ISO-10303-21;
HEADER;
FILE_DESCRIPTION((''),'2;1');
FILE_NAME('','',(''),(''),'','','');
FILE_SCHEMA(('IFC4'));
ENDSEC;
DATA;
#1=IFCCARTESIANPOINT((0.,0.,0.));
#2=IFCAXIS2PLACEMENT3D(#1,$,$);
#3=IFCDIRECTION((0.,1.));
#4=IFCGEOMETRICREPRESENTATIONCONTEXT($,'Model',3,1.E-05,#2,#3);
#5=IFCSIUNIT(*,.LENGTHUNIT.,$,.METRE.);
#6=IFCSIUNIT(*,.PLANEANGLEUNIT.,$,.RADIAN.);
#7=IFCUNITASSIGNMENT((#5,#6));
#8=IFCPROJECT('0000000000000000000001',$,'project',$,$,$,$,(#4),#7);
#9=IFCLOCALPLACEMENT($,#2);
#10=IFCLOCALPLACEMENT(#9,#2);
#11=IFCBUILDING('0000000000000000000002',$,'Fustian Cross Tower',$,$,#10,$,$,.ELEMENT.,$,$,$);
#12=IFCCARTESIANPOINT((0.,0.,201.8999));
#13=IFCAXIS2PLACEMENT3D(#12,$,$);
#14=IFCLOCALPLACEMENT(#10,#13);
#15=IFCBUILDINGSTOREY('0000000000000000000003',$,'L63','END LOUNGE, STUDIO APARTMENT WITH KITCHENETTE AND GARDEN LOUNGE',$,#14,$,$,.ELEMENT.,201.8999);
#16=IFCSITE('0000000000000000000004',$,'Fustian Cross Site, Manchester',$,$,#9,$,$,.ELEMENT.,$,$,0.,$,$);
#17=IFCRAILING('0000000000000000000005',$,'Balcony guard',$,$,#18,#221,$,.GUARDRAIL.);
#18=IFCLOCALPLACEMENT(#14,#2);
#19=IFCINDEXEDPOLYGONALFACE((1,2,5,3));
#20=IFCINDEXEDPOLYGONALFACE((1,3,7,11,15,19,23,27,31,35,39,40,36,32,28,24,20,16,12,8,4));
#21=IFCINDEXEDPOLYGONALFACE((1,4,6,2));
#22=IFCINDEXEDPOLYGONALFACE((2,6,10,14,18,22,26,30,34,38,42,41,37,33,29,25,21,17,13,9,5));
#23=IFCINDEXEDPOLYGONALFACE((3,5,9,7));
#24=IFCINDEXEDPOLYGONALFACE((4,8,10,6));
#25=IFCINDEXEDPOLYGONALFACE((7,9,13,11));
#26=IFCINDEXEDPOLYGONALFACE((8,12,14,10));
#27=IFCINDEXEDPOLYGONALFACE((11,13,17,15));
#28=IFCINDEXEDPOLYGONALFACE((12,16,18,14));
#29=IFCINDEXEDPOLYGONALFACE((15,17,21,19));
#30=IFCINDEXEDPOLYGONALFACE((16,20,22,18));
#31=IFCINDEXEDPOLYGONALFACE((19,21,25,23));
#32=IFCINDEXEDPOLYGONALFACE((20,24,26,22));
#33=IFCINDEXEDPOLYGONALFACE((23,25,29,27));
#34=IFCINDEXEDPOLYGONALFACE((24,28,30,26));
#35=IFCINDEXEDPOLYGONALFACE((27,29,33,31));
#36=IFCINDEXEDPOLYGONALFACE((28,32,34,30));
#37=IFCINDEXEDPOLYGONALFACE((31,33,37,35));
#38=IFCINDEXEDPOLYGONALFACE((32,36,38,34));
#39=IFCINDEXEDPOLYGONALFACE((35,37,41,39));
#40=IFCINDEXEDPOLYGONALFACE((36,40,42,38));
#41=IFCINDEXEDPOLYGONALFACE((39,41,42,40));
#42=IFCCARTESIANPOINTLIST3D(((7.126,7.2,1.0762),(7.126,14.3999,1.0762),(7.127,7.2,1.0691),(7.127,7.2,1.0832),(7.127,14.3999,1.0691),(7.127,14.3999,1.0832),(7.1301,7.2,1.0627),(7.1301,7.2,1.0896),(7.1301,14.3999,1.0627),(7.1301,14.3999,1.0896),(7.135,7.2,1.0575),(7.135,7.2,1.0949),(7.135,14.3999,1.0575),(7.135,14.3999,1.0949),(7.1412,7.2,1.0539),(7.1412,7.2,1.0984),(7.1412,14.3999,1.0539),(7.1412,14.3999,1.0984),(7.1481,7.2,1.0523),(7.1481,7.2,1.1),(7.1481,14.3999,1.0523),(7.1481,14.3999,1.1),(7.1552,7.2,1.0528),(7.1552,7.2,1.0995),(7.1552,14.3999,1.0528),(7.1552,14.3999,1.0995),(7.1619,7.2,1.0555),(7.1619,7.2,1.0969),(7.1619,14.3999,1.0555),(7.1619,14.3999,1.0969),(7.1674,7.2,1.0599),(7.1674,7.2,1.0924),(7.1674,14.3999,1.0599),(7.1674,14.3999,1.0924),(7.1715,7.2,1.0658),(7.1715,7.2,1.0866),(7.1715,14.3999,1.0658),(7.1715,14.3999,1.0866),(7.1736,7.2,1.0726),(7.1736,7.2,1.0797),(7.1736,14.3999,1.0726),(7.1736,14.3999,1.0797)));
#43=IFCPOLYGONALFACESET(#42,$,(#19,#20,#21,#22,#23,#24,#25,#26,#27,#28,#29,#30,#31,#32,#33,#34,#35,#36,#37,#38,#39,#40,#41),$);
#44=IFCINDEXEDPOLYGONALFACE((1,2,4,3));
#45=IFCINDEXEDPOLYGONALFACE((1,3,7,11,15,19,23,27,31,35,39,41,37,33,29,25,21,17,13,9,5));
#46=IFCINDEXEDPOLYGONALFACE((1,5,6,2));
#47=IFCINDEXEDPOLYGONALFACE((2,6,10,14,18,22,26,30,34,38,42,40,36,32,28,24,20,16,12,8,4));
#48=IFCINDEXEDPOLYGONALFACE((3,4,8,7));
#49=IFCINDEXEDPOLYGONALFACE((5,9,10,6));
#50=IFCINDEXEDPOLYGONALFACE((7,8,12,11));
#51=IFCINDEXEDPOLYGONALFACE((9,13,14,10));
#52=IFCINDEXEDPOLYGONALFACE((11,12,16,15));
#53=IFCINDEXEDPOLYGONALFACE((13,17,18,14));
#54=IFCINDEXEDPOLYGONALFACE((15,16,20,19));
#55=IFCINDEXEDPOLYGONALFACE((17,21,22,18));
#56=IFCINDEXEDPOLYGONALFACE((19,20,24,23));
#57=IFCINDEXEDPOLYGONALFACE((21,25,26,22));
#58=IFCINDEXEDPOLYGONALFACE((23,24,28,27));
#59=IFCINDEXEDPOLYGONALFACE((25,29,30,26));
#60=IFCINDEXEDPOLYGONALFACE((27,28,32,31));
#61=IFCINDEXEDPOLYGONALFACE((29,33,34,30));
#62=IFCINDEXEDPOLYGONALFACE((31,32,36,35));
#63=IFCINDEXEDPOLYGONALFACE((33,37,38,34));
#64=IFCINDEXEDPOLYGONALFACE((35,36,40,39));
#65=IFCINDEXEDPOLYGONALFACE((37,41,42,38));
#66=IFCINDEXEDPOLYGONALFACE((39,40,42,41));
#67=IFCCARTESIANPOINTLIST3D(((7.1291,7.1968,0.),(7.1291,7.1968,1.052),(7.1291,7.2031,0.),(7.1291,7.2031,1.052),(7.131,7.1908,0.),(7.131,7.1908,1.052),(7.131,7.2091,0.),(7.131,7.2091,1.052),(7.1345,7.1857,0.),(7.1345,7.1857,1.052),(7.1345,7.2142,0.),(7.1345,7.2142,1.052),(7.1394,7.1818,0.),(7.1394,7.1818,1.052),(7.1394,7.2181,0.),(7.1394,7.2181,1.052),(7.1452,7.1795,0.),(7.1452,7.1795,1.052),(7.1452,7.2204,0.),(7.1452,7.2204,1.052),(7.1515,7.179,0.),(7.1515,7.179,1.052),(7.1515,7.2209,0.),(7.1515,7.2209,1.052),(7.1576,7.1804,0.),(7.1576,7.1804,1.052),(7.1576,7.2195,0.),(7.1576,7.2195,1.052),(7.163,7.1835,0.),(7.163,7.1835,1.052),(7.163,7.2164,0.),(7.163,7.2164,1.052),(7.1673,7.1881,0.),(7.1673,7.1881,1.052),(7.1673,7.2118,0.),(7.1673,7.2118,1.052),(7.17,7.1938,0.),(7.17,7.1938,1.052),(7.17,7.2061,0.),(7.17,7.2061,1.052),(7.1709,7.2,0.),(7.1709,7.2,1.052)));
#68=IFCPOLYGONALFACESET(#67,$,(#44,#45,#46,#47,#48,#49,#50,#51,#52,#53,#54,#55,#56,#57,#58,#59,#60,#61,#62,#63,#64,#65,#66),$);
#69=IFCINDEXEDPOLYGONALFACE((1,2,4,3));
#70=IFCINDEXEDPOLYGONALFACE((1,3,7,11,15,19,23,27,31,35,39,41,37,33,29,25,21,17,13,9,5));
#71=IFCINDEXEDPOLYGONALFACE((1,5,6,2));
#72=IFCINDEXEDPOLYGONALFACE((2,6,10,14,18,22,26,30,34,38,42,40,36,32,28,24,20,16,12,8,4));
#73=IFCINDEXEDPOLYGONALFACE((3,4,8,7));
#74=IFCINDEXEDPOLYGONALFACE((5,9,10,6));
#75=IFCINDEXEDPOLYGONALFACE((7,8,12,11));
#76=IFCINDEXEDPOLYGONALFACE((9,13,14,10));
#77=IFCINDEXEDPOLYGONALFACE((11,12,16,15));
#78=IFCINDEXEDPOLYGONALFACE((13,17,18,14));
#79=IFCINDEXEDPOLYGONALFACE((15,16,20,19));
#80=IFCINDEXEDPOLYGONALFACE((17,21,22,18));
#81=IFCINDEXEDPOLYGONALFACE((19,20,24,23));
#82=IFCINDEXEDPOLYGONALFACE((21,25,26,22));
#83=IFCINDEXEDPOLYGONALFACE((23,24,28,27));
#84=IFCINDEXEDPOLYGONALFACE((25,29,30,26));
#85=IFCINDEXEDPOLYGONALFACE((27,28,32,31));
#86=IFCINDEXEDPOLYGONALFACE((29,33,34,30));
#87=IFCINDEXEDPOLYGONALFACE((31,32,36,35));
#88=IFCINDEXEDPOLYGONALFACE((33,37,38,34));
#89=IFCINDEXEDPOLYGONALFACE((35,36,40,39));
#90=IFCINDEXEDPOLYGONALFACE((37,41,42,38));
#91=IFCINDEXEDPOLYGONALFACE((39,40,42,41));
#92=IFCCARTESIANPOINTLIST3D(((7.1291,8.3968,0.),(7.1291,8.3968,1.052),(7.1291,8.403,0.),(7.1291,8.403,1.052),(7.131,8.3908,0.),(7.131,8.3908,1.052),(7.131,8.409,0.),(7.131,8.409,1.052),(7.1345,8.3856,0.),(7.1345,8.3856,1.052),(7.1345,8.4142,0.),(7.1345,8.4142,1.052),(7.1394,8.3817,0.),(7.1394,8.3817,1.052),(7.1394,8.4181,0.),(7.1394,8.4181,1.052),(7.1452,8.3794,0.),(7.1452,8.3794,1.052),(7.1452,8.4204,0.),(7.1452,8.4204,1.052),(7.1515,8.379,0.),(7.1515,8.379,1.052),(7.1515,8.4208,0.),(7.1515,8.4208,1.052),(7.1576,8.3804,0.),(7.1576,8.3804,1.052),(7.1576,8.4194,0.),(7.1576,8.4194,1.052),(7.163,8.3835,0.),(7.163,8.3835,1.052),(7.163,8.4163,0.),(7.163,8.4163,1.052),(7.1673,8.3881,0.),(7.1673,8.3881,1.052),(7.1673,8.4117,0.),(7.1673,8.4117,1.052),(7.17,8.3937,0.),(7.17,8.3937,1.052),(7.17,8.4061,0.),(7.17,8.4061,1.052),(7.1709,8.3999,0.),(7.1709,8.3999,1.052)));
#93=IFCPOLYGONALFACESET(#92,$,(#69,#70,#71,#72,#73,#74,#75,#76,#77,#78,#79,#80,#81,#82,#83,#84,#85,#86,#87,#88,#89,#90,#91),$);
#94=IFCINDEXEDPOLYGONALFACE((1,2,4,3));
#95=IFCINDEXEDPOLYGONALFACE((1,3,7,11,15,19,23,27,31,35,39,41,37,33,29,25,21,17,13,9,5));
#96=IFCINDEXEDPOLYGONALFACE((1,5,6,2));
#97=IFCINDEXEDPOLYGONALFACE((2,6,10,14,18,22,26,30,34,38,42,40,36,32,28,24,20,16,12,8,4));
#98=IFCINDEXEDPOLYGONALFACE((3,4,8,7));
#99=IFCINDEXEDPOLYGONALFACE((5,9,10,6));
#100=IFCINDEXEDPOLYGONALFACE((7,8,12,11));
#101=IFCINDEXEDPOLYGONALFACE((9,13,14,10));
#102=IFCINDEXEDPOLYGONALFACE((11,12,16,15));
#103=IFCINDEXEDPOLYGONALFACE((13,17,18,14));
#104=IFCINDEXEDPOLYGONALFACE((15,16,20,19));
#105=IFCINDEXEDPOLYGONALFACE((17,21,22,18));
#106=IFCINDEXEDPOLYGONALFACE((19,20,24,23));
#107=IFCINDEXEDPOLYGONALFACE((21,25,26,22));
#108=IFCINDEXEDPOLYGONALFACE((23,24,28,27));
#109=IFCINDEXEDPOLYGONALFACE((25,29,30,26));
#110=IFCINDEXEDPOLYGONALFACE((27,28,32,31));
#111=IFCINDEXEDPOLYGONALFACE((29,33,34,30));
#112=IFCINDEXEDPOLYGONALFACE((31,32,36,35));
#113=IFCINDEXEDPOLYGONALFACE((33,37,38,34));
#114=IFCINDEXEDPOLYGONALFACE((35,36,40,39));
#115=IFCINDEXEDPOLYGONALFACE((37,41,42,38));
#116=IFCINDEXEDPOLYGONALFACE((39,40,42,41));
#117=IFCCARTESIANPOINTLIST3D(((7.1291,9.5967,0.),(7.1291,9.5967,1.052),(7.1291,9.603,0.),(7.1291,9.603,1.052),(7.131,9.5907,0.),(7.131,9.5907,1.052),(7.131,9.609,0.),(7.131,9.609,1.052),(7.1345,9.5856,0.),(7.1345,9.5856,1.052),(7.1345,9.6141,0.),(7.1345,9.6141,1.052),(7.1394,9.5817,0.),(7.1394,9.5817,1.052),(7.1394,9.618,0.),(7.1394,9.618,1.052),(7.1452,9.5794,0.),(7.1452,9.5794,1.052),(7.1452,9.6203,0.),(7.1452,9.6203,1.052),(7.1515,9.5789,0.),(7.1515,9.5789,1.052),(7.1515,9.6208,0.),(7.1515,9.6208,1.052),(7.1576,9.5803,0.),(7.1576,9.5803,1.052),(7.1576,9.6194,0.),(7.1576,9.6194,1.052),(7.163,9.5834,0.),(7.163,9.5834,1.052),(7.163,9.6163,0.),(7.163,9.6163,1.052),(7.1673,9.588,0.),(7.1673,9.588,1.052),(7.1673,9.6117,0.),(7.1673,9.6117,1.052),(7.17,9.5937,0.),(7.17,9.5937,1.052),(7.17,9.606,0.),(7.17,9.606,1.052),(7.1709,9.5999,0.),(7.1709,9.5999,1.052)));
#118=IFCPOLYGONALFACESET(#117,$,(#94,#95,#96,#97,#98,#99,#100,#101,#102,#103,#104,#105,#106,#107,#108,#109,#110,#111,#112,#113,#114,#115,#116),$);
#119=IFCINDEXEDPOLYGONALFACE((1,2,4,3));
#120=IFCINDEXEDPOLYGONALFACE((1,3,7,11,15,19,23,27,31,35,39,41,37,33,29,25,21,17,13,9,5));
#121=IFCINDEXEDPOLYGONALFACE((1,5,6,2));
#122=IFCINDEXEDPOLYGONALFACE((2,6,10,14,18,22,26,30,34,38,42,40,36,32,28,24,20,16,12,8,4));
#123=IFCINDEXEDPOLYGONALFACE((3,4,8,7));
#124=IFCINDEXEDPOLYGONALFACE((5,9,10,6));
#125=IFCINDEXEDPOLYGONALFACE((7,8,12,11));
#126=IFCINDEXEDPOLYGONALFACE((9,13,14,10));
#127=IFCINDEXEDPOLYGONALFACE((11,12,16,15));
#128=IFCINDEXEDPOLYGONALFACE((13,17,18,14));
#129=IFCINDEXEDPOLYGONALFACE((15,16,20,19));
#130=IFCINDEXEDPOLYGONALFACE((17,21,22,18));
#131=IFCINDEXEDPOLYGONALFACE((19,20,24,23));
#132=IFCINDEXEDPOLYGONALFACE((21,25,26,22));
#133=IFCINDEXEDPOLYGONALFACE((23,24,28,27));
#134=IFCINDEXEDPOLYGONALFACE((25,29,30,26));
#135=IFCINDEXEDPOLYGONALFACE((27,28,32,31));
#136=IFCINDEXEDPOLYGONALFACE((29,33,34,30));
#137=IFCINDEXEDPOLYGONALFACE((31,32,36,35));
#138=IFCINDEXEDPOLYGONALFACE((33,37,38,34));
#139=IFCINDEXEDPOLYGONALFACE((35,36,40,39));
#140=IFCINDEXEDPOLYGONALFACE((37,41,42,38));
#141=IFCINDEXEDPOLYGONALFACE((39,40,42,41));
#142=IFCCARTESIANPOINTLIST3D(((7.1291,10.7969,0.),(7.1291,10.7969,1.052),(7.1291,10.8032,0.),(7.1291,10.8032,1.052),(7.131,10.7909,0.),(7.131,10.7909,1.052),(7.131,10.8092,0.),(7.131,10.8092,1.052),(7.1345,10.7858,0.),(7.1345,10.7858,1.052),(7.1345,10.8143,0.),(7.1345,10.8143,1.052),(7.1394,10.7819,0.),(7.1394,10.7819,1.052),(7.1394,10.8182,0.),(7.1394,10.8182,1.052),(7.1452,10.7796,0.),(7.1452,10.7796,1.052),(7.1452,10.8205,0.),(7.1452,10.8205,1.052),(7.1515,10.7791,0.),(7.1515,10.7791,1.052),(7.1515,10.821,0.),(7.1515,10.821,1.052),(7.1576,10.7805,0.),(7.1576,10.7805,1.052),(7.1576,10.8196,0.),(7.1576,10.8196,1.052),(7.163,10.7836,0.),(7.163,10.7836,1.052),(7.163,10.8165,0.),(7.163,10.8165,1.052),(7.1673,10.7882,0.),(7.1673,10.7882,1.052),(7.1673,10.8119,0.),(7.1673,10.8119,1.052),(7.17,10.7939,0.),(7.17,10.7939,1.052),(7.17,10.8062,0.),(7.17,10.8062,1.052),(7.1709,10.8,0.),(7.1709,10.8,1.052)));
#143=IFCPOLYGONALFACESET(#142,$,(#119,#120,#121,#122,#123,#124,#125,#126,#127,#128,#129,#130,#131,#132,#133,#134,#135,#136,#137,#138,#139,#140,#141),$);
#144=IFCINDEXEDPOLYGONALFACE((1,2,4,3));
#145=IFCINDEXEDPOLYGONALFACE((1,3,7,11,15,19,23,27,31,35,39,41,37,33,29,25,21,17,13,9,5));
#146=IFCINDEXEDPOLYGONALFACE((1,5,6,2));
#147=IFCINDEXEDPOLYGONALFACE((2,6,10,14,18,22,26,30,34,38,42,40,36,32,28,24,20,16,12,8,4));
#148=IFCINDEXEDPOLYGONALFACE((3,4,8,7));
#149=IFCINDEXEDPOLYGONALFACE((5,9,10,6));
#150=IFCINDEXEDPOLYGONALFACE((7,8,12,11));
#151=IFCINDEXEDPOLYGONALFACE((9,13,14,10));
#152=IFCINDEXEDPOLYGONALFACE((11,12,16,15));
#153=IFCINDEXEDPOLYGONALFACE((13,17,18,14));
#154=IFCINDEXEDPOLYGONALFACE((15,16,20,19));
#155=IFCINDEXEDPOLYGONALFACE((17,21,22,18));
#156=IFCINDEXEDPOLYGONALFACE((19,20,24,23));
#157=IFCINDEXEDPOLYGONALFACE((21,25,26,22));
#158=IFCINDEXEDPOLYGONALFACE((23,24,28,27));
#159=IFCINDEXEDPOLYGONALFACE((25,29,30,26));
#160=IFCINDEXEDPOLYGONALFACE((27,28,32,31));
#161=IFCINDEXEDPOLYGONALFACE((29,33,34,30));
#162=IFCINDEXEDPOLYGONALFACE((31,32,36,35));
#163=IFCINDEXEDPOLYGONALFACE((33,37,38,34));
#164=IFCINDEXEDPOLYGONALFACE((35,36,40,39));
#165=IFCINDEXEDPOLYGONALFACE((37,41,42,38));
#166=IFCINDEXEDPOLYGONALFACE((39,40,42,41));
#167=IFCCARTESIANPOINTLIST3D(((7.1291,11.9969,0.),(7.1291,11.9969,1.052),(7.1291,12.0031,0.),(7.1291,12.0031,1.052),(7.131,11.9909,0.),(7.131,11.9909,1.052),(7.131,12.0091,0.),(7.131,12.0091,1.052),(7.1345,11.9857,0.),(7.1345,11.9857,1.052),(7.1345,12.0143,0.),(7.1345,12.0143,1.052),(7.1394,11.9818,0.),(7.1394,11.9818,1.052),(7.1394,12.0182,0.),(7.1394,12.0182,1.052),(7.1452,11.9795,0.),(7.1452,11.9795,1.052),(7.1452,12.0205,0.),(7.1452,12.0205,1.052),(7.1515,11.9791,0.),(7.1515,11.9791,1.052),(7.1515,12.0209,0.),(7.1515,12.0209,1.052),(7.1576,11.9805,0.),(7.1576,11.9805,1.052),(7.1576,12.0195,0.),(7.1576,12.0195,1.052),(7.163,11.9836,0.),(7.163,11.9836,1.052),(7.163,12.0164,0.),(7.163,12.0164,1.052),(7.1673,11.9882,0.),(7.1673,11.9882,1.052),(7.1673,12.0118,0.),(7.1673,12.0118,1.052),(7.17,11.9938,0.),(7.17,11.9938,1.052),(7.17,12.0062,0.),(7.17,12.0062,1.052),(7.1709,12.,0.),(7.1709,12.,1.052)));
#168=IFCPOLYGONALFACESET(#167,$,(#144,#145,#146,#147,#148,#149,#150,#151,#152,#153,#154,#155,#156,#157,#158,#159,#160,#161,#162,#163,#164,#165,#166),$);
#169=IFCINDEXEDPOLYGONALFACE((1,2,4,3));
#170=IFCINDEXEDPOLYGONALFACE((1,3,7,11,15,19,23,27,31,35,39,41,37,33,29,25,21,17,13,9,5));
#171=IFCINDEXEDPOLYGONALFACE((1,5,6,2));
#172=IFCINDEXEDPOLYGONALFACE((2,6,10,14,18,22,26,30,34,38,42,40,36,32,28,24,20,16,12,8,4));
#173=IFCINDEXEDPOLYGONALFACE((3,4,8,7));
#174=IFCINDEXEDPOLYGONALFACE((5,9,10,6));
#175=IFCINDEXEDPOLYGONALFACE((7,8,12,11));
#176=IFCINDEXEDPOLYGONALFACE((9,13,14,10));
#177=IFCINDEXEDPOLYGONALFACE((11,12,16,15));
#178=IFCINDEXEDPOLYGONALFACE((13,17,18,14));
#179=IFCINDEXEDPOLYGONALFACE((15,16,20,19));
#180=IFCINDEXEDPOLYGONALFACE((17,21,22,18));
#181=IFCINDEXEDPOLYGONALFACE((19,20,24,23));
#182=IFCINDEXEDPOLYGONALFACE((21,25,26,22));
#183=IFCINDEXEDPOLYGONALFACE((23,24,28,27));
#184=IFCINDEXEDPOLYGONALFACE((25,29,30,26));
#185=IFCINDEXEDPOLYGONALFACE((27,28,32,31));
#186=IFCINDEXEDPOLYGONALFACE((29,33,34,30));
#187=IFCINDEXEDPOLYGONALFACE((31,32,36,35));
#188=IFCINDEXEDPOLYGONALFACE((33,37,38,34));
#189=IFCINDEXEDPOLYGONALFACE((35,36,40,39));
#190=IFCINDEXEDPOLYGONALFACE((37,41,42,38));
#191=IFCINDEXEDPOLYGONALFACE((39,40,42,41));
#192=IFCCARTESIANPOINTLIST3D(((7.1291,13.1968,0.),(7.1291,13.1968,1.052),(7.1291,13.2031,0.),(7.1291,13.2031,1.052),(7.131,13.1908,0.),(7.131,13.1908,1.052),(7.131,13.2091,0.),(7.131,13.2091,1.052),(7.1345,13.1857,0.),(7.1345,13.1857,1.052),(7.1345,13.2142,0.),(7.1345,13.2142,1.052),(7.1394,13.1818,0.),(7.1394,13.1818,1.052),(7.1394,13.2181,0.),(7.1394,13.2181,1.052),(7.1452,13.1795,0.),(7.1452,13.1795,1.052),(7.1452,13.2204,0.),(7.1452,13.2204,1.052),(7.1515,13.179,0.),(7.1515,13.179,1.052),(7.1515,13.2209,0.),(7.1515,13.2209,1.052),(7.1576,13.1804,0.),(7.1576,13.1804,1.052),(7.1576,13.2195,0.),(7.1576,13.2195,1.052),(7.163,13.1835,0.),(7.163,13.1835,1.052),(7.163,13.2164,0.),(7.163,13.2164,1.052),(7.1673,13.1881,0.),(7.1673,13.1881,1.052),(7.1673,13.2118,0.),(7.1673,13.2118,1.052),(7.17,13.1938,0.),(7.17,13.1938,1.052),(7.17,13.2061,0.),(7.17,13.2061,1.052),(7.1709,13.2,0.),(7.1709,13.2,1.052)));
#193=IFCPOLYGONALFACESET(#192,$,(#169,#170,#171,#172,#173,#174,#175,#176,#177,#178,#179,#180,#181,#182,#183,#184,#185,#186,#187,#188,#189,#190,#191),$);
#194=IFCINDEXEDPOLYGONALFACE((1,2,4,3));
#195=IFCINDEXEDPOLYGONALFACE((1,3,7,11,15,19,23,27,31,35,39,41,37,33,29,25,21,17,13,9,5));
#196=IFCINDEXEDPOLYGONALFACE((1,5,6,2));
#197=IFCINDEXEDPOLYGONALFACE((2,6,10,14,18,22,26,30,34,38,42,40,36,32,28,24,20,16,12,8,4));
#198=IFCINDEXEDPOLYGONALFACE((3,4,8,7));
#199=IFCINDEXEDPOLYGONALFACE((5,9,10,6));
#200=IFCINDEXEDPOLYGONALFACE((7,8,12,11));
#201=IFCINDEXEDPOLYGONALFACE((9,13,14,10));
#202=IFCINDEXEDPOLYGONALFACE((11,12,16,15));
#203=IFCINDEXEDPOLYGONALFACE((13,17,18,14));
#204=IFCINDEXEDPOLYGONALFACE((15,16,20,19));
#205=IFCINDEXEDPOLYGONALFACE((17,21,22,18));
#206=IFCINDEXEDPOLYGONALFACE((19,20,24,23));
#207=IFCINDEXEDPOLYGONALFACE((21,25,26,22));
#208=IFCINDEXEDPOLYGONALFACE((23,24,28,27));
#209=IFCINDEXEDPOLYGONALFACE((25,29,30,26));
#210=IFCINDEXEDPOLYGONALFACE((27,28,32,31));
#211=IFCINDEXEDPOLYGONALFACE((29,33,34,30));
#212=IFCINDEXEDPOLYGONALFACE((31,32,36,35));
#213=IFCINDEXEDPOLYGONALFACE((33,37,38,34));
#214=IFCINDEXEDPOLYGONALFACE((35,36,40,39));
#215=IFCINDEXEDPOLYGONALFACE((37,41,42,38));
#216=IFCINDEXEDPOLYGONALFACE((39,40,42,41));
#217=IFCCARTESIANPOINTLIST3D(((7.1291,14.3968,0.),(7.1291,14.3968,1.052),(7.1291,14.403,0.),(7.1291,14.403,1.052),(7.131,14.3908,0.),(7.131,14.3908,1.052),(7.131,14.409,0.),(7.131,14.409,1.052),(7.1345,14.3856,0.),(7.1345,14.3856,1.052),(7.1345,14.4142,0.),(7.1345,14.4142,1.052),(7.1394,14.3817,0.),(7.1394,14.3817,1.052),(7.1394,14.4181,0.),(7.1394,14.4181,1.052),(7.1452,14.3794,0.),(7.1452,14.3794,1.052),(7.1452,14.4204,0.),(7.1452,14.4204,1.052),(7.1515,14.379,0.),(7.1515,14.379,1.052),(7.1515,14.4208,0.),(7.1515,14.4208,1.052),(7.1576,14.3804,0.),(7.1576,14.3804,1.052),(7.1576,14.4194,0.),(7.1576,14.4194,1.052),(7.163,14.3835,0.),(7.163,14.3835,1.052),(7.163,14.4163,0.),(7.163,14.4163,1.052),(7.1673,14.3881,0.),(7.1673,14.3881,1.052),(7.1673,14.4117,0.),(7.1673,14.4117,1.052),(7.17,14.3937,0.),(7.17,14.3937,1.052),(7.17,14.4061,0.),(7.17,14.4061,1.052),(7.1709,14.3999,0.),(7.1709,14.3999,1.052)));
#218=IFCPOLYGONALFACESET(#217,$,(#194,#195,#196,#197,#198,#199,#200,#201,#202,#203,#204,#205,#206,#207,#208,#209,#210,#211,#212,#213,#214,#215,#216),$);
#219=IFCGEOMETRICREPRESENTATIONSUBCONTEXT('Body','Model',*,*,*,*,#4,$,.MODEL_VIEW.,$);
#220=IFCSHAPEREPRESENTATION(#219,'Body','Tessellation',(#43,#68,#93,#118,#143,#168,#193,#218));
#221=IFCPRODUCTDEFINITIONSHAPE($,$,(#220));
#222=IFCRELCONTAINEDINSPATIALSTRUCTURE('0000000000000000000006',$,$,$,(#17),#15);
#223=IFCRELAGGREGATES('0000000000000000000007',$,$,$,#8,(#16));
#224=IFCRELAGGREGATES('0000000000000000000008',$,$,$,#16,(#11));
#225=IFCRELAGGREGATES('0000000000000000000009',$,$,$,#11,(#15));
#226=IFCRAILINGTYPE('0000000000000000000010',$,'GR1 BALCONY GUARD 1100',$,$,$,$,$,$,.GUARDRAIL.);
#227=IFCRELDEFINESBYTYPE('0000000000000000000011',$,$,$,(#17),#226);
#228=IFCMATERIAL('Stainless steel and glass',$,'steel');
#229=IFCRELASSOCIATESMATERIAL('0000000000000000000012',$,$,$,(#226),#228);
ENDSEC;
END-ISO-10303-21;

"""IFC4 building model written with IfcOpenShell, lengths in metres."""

from ifc_helpers import new_model, si_unit, direction, frame, origin, origin_2d, place, context, subcontext, project, spatial, circle, extrude, material, type_object, element, save


model = new_model("IFC4")

# Units and contexts
model_context = context("Model", 3, precision=1e-05, world=origin(), true_north=direction((0.0, 1.0)))
body_context = subcontext(model_context, "Body", "Model", "MODEL_VIEW")
ifc_project = project(units=[si_unit("LENGTHUNIT", "METRE"), si_unit("PLANEANGLEUNIT", "RADIAN")], contexts=[model_context])

# Site, building, storey
site_placement = place(None, origin())
site = spatial("IfcSite", under=ifc_project, at=site_placement, Name="Fustian Cross Site, Manchester", CompositionType="ELEMENT", RefElevation=0.0)
building_placement = place(site_placement, origin())
building = spatial("IfcBuilding", under=site, at=building_placement, Name="Fustian Cross Tower", CompositionType="ELEMENT")
storey_placement = place(building_placement, frame((0.0, 0.0, 201.8999)))
storey = spatial("IfcBuildingStorey", under=building, at=storey_placement, Name="L63", Description="END LOUNGE, STUDIO APARTMENT WITH KITCHENETTE AND GARDEN LOUNGE", CompositionType="ELEMENT", Elevation=201.8999)

# Railing
ifc_material_1 = material(Name="Stainless steel and glass", Category="steel")
railing_type = type_object("IfcRailingType", Name="GR1 BALCONY GUARD 1100", PredefinedType="GUARDRAIL", material=ifc_material_1)
railing_placement = place(storey_placement, frame((7.1499, 7.2, 0.0)))
element("IfcRailing", 1, at=railing_placement, inside=storey, type_object=railing_type, Name="Balcony guard", PredefinedType="GUARDRAIL", context=body_context, shape_type="SweptSolid", body=[
    extrude(circle(Radius=0.0239, at=origin_2d()), frame((0.0, 0.0, 1.0762), z_axis=(0.0, 1.0, 0.0), x_axis=(-1.0, 0.0, 0.0)), (0.0, 0.0, 1.0), 7.2),
    extrude(circle(Radius=0.021, at=origin_2d()), origin(), (0.0, 0.0, 1.0), 1.052),
    extrude(circle(Radius=0.021, at=origin_2d()), frame((0.0, 1.2, 0.0)), (0.0, 0.0, 1.0), 1.052),
    extrude(circle(Radius=0.021, at=origin_2d()), frame((0.0, 2.3999, 0.0)), (0.0, 0.0, 1.0), 1.052),
    extrude(circle(Radius=0.021, at=origin_2d()), frame((0.0, 3.6001, 0.0)), (0.0, 0.0, 1.0), 1.052),
    extrude(circle(Radius=0.021, at=origin_2d()), frame((0.0, 4.8, 0.0)), (0.0, 0.0, 1.0), 1.052),
    extrude(circle(Radius=0.021, at=origin_2d()), frame((0.0, 6.0, 0.0)), (0.0, 0.0, 1.0), 1.052),
    extrude(circle(Radius=0.021, at=origin_2d()), frame((0.0, 7.2, 0.0)), (0.0, 0.0, 1.0), 1.052),
])

save(model, "model.ifc")
